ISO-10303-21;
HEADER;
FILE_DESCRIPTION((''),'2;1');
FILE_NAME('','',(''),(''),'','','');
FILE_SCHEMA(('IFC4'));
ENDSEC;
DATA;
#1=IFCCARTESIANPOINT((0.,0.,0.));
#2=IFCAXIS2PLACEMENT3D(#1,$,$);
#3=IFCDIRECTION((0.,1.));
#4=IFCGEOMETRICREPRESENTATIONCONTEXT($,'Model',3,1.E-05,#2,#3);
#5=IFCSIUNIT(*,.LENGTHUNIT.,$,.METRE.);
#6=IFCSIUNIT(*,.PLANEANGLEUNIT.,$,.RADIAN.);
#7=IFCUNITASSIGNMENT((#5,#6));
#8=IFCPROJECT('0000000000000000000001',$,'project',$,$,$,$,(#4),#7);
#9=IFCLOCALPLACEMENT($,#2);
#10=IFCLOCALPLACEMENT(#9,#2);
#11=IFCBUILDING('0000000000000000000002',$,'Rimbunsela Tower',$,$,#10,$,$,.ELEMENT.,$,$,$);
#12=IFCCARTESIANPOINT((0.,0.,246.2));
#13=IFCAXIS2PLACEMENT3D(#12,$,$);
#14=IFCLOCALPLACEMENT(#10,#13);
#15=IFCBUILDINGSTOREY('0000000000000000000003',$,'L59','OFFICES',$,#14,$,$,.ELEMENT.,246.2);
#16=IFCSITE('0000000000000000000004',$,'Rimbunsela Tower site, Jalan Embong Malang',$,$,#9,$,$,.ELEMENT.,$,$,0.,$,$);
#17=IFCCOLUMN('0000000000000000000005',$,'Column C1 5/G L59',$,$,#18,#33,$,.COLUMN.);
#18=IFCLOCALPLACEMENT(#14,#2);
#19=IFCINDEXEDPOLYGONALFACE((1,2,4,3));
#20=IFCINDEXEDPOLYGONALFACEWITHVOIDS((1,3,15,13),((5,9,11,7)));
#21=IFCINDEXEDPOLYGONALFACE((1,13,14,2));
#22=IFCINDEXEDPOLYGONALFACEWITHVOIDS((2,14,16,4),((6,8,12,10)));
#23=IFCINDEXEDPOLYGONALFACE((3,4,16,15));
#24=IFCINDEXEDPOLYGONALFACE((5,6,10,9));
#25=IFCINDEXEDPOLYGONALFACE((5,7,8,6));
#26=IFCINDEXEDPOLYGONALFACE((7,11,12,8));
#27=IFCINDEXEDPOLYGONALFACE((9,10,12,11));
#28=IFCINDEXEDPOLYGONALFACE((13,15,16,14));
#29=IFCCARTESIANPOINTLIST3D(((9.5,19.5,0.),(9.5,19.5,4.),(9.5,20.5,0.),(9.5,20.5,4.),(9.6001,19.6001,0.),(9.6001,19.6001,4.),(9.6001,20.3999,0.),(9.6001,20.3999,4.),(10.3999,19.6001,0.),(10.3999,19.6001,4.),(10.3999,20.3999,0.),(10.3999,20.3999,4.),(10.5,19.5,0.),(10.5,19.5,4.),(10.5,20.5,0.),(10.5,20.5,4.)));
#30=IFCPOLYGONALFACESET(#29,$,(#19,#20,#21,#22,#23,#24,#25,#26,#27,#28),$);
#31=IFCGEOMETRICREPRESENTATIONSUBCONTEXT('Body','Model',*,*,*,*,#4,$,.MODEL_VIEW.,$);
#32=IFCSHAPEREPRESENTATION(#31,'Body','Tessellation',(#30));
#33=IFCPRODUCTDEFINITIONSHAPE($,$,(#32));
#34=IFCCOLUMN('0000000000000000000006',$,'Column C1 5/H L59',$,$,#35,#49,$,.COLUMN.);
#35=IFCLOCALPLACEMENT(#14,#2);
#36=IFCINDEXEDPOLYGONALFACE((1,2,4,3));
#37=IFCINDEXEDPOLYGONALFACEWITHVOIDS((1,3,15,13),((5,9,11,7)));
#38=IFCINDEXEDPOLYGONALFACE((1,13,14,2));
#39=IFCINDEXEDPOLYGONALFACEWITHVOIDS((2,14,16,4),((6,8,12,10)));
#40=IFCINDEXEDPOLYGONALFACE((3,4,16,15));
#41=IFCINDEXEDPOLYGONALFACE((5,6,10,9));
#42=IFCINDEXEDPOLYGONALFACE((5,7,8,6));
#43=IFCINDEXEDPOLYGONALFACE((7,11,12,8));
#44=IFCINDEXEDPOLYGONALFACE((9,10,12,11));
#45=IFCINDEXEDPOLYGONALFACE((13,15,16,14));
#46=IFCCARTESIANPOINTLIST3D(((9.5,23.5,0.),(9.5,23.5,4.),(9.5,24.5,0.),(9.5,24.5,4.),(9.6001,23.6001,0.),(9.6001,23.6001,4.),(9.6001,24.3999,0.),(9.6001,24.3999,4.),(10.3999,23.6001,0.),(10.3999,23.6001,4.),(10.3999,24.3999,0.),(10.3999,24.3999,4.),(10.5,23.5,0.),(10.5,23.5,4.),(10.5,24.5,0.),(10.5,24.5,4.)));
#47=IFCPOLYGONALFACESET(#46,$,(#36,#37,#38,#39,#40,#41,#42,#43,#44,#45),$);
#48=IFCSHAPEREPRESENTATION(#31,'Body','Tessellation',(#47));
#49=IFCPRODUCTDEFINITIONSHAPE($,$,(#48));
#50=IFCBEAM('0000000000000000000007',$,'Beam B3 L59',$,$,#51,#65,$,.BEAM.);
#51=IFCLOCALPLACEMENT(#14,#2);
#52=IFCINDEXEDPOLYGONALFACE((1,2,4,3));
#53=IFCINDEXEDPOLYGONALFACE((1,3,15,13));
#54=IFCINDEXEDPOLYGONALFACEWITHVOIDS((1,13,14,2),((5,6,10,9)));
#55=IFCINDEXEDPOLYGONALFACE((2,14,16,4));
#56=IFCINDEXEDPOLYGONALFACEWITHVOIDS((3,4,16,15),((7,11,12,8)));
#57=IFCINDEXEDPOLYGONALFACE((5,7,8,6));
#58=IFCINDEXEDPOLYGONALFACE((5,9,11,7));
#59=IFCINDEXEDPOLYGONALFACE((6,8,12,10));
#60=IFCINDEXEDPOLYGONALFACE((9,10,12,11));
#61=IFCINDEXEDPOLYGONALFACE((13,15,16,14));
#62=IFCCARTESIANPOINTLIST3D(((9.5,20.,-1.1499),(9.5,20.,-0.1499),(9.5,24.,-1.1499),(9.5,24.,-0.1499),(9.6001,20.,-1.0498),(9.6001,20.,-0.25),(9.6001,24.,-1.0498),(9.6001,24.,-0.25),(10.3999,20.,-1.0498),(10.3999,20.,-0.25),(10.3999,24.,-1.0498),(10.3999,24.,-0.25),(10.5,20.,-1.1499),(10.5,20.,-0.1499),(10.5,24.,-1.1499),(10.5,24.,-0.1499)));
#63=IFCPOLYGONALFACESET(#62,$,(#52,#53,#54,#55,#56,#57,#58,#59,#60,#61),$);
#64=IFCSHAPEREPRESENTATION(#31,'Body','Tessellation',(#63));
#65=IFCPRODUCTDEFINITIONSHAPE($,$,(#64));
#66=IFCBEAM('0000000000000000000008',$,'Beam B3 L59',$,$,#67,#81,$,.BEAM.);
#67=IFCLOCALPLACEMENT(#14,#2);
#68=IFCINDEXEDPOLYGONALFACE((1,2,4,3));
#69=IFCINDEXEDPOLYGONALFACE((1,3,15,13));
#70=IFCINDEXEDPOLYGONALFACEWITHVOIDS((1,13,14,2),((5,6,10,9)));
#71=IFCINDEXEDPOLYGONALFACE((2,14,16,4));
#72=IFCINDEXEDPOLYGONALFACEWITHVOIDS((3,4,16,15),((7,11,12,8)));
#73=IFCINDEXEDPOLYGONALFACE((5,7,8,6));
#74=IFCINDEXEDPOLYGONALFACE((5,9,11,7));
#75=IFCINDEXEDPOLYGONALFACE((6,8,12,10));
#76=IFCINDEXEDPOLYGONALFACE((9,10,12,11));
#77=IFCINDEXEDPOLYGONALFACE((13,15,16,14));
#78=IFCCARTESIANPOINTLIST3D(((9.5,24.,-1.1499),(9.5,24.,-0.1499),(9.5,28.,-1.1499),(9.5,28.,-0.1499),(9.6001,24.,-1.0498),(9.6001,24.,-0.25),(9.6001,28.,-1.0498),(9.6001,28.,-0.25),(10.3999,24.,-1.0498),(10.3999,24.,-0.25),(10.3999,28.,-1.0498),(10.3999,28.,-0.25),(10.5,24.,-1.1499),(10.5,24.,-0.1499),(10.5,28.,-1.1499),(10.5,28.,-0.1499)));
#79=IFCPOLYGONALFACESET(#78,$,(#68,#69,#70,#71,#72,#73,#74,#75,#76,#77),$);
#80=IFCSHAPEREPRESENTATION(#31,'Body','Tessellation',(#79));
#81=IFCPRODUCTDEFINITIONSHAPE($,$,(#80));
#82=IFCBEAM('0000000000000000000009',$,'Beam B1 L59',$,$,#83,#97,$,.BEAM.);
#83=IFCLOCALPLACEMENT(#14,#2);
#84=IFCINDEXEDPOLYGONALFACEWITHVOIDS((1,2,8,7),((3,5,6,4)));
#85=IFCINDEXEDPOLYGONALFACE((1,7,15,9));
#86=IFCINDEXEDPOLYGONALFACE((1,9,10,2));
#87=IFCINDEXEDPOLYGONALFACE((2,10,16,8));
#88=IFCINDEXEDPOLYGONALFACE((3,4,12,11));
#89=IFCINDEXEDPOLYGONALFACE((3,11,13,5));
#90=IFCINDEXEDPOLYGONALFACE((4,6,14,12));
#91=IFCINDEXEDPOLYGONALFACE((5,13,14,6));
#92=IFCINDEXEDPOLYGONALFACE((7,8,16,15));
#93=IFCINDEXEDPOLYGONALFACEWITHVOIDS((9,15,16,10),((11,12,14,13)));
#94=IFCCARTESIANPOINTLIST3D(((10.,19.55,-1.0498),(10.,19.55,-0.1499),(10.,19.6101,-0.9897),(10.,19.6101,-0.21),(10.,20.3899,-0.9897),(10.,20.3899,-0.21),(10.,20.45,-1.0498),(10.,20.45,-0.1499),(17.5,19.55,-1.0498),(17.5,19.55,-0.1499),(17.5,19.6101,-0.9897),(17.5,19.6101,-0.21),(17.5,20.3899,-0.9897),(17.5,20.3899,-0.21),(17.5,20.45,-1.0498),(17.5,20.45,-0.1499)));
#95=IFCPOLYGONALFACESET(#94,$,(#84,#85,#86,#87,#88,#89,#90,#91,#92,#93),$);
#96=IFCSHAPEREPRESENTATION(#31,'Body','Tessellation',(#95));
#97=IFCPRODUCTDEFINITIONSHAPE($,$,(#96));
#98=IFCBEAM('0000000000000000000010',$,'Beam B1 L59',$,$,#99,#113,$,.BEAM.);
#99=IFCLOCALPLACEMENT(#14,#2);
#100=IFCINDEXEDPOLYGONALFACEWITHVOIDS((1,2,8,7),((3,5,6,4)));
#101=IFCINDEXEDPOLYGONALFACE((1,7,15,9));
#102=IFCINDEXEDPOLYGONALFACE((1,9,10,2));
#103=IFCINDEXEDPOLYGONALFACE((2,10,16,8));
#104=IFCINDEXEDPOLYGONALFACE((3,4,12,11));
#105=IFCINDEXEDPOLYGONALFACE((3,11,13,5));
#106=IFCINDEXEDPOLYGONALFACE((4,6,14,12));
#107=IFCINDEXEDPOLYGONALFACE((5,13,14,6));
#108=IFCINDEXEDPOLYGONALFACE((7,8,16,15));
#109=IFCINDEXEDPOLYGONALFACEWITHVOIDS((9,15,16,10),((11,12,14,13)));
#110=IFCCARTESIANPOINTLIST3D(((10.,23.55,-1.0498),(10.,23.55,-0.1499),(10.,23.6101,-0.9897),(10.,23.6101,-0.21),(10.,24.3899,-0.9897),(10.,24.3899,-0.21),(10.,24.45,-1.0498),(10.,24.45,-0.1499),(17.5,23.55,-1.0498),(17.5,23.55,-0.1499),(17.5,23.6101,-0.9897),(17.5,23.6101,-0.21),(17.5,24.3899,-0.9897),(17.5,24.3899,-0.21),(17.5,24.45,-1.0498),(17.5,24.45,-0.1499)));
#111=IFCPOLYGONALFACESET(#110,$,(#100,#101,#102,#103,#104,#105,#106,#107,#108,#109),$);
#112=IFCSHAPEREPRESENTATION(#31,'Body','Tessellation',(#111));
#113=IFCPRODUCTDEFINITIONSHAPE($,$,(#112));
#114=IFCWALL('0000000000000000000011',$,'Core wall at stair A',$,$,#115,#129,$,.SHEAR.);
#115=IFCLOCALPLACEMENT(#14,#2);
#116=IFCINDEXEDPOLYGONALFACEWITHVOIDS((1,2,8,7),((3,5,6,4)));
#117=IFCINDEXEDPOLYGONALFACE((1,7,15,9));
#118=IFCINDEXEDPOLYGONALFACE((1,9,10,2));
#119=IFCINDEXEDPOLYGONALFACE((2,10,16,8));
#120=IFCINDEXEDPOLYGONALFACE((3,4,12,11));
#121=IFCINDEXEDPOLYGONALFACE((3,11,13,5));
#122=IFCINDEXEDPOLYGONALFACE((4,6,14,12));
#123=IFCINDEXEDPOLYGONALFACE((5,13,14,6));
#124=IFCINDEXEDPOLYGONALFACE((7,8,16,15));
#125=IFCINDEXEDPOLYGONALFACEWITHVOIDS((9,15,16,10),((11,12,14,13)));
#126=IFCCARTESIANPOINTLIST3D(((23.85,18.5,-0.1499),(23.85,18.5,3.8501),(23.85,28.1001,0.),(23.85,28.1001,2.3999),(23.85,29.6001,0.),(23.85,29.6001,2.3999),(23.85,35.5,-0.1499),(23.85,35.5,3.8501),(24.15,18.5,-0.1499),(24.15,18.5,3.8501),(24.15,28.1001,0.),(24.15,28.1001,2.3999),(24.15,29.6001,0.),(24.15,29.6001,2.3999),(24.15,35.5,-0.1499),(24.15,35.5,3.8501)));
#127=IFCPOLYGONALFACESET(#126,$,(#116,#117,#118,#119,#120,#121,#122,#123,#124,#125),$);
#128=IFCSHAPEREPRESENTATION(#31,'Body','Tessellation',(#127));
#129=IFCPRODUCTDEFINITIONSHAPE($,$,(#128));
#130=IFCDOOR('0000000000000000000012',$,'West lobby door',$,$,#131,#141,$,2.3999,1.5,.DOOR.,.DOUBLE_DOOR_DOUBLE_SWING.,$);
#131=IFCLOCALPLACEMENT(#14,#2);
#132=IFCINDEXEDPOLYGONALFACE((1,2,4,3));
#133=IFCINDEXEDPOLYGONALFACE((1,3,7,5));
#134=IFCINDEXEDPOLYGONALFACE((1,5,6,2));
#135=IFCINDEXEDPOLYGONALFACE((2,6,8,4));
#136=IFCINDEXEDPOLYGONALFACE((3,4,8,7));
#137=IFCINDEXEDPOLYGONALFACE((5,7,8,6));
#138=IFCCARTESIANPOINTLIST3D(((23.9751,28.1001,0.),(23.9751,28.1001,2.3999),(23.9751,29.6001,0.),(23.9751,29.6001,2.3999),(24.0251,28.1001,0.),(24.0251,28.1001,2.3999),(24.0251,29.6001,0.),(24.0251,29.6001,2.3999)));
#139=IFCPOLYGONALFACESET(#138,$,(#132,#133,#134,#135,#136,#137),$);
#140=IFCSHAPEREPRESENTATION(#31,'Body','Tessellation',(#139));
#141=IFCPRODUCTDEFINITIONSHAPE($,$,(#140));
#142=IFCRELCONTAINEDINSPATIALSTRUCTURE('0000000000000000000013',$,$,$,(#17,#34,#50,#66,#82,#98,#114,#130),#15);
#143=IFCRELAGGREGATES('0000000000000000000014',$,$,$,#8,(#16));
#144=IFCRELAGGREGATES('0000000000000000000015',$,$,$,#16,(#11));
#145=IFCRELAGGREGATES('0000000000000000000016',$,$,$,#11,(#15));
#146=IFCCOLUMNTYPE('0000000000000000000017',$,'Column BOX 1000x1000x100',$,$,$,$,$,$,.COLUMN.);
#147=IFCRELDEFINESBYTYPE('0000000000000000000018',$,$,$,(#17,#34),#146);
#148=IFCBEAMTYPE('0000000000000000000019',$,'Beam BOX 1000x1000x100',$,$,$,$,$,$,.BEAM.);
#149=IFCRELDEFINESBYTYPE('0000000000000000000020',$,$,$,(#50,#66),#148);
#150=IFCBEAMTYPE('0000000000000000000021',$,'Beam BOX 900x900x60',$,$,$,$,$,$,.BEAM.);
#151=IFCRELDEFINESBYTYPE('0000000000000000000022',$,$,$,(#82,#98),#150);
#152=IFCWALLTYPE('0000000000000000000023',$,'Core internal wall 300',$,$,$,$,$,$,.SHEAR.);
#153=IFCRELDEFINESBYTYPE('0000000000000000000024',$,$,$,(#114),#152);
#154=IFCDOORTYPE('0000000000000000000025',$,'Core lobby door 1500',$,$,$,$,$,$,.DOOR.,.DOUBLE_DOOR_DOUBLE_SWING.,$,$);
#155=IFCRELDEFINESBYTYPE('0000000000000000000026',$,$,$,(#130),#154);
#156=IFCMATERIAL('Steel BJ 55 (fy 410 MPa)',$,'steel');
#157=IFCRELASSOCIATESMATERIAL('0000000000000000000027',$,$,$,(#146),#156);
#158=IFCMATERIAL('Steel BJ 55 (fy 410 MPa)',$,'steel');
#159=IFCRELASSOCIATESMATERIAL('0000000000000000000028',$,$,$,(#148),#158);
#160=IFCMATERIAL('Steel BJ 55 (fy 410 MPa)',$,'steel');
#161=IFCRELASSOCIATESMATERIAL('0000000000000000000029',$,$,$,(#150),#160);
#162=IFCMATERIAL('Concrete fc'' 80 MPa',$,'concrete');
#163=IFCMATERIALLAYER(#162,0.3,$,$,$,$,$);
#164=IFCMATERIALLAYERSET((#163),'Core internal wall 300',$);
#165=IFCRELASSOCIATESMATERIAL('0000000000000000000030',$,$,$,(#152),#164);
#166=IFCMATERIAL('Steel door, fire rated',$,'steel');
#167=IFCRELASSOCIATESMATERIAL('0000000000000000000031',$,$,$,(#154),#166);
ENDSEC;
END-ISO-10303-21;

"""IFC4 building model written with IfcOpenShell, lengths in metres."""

from ifc_helpers import new_model, si_unit, direction, frame, frame_2d, origin, origin_2d, place, context, subcontext, project, spatial, rectangle, hollow_rectangle, extrude, material, layer, layer_set, material_profile, profile_set, type_object, element, fill, save


model = new_model("IFC4")

# Units and contexts
model_context = context("Model", 3, precision=1e-05, world=origin(), true_north=direction((0.0, 1.0)))
body_context = subcontext(model_context, "Body", "Model", "MODEL_VIEW")
ifc_project = project(units=[si_unit("LENGTHUNIT", "METRE"), si_unit("PLANEANGLEUNIT", "RADIAN")], contexts=[model_context])

# Site, building, storey
site_placement = place(None, origin())
site = spatial("IfcSite", under=ifc_project, at=site_placement, Name="Rimbunsela Tower site, Jalan Embong Malang", CompositionType="ELEMENT", RefElevation=0.0)
building_placement = place(site_placement, origin())
building = spatial("IfcBuilding", under=site, at=building_placement, Name="Rimbunsela Tower", CompositionType="ELEMENT")
storey_placement = place(building_placement, frame((0.0, 0.0, 246.2)))
storey = spatial("IfcBuildingStorey", under=building, at=storey_placement, Name="L59", Description="OFFICES", CompositionType="ELEMENT", Elevation=246.2)

# Columns
ifc_material_1 = material(Name="Steel BJ 55 (fy 410 MPa)", Category="steel")
ifc_material_profile_1 = material_profile(ifc_material_1, hollow_rectangle(XDim=1.0, YDim=1.0, WallThickness=0.1001, at=origin_2d()), Name="BOX 1000x1000x100")
ifc_profile_set_1 = profile_set([ifc_material_profile_1], Name="Steel BJ 55 (fy 410 MPa)")
column_type = type_object("IfcColumnType", Name="Column BOX 1000x1000x100", PredefinedType="COLUMN", material=ifc_profile_set_1)
for number, where, z_axis, x_axis, name in (
    (1, (10.0, 20.0, 0.0), (0.0, 0.0, 1.0), (1.0, 0.0, 0.0), "Column C1 5/G L59"),
    (2, (10.0, 24.0, 0.0), (0.0, 0.0, 1.0), (1.0, 0.0, 0.0), "Column C1 5/H L59"),
):
    element("IfcColumn", number, at=place(storey_placement, frame(where, z_axis=z_axis, x_axis=x_axis)), inside=storey, type_object=column_type, Name=name, PredefinedType="COLUMN", context=body_context, shape_type="SweptSolid", body=[
        extrude(hollow_rectangle(XDim=1.0, YDim=1.0, WallThickness=0.1001, at=origin_2d()), origin(), (0.0, 0.0, 1.0), 4.0),
    ])

# Beams
ifc_material_2 = material(Name="Steel BJ 55 (fy 410 MPa)", Category="steel")
ifc_material_profile_2 = material_profile(ifc_material_2, hollow_rectangle(XDim=1.0, YDim=1.0, WallThickness=0.1001, at=origin_2d()), Name="BOX 1000x1000x100")
ifc_profile_set_2 = profile_set([ifc_material_profile_2], Name="Steel BJ 55 (fy 410 MPa)")
beam_type_1 = type_object("IfcBeamType", Name="Beam BOX 1000x1000x100", PredefinedType="BEAM", material=ifc_profile_set_2)
for number, where, z_axis, x_axis, name in (
    (3, (10.0, 20.0, -0.6499), (0.0, 1.0, 0.0), (-1.0, 0.0, 0.0), "Beam B3 L59"),
    (4, (10.0, 24.0, -0.6499), (0.0, 1.0, 0.0), (-1.0, 0.0, 0.0), "Beam B3 L59"),
):
    element("IfcBeam", number, at=place(storey_placement, frame(where, z_axis=z_axis, x_axis=x_axis)), inside=storey, type_object=beam_type_1, Name=name, PredefinedType="BEAM", context=body_context, shape_type="SweptSolid", body=[
        extrude(hollow_rectangle(XDim=1.0, YDim=1.0, WallThickness=0.1001, at=origin_2d()), origin(), (0.0, 0.0, 1.0), 4.0),
    ])
ifc_material_3 = material(Name="Steel BJ 55 (fy 410 MPa)", Category="steel")
ifc_material_profile_3 = material_profile(ifc_material_3, hollow_rectangle(XDim=0.8999, YDim=0.8999, WallThickness=0.0601, at=origin_2d()), Name="BOX 900x900x60")
ifc_profile_set_3 = profile_set([ifc_material_profile_3], Name="Steel BJ 55 (fy 410 MPa)")
beam_type_2 = type_object("IfcBeamType", Name="Beam BOX 900x900x60", PredefinedType="BEAM", material=ifc_profile_set_3)
for number, where, z_axis, x_axis, name in (
    (5, (10.0, 20.0, -0.5999), (1.0, 0.0, 0.0), (0.0, 1.0, 0.0), "Beam B1 L59"),
    (6, (10.0, 24.0, -0.5999), (1.0, 0.0, 0.0), (0.0, 1.0, 0.0), "Beam B1 L59"),
):
    element("IfcBeam", number, at=place(storey_placement, frame(where, z_axis=z_axis, x_axis=x_axis)), inside=storey, type_object=beam_type_2, Name=name, PredefinedType="BEAM", context=body_context, shape_type="SweptSolid", body=[
        extrude(hollow_rectangle(XDim=0.8999, YDim=0.8999, WallThickness=0.0601, at=origin_2d()), origin(), (0.0, 0.0, 1.0), 7.5),
    ])

# Wall, opening, door
ifc_material_4 = material(Name="Concrete fc' 80 MPa", Category="concrete")
ifc_layer_1 = layer(ifc_material_4, 0.3)
ifc_layer_set_1 = layer_set([ifc_layer_1], Name="Core internal wall 300")
wall_type_1 = type_object("IfcWallType", Name="Core internal wall 300", PredefinedType="SHEAR", material=ifc_layer_set_1)
wall_1_placement = place(storey_placement, frame((24.0, 18.5, -0.1499), z_axis=(0.0, 0.0, 1.0), x_axis=(0.0, 1.0, 0.0)))
wall_1 = element("IfcWall", 7, at=wall_1_placement, inside=storey, type_object=wall_type_1, Name="Core wall at stair A", PredefinedType="SHEAR", context=body_context, shape_type="SweptSolid", body=[
    extrude(rectangle(XDim=17.0, YDim=0.3, at=frame_2d((8.5, 0.0))), origin(), (0.0, 0.0, 1.0), 4.0),
])
opening_1_placement = place(wall_1_placement, frame((9.6001, 0.0, 0.1499)))
opening_1 = element("IfcOpeningElement", 8, at=opening_1_placement, cuts=wall_1, PredefinedType="OPENING", context=body_context, shape_type="SweptSolid", body=[
    extrude(rectangle(XDim=1.5, YDim=2.3999, at=frame_2d((0.75, 1.2))), frame((0.0, 0.1599, 0.0), z_axis=(0.0, -1.0, 0.0), x_axis=(1.0, 0.0, 0.0)), (0.0, 0.0, 1.0), 0.3201),
])
ifc_material_5 = material(Name="Steel door, fire rated", Category="steel")
door_type_1 = type_object("IfcDoorType", Name="Core lobby door 1500", OperationType="DOUBLE_DOOR_DOUBLE_SWING", PredefinedType="DOOR", material=ifc_material_5)
door_1_placement = place(opening_1_placement, origin())
door_1 = element("IfcDoor", 9, at=door_1_placement, inside=storey, type_object=door_type_1, Name="West lobby door", OperationType="DOUBLE_DOOR_DOUBLE_SWING", OverallHeight=2.3999, OverallWidth=1.5, PredefinedType="DOOR", context=body_context, shape_type="SweptSolid", body=[
    extrude(rectangle(XDim=1.5, YDim=2.3999, at=frame_2d((0.75, 1.2))), frame((0.0, 0.0249, 0.0), z_axis=(0.0, -1.0, 0.0), x_axis=(1.0, 0.0, 0.0)), (0.0, 0.0, 1.0), 0.05),
])
fill(opening_1, door_1)

save(model, "model.ifc")
